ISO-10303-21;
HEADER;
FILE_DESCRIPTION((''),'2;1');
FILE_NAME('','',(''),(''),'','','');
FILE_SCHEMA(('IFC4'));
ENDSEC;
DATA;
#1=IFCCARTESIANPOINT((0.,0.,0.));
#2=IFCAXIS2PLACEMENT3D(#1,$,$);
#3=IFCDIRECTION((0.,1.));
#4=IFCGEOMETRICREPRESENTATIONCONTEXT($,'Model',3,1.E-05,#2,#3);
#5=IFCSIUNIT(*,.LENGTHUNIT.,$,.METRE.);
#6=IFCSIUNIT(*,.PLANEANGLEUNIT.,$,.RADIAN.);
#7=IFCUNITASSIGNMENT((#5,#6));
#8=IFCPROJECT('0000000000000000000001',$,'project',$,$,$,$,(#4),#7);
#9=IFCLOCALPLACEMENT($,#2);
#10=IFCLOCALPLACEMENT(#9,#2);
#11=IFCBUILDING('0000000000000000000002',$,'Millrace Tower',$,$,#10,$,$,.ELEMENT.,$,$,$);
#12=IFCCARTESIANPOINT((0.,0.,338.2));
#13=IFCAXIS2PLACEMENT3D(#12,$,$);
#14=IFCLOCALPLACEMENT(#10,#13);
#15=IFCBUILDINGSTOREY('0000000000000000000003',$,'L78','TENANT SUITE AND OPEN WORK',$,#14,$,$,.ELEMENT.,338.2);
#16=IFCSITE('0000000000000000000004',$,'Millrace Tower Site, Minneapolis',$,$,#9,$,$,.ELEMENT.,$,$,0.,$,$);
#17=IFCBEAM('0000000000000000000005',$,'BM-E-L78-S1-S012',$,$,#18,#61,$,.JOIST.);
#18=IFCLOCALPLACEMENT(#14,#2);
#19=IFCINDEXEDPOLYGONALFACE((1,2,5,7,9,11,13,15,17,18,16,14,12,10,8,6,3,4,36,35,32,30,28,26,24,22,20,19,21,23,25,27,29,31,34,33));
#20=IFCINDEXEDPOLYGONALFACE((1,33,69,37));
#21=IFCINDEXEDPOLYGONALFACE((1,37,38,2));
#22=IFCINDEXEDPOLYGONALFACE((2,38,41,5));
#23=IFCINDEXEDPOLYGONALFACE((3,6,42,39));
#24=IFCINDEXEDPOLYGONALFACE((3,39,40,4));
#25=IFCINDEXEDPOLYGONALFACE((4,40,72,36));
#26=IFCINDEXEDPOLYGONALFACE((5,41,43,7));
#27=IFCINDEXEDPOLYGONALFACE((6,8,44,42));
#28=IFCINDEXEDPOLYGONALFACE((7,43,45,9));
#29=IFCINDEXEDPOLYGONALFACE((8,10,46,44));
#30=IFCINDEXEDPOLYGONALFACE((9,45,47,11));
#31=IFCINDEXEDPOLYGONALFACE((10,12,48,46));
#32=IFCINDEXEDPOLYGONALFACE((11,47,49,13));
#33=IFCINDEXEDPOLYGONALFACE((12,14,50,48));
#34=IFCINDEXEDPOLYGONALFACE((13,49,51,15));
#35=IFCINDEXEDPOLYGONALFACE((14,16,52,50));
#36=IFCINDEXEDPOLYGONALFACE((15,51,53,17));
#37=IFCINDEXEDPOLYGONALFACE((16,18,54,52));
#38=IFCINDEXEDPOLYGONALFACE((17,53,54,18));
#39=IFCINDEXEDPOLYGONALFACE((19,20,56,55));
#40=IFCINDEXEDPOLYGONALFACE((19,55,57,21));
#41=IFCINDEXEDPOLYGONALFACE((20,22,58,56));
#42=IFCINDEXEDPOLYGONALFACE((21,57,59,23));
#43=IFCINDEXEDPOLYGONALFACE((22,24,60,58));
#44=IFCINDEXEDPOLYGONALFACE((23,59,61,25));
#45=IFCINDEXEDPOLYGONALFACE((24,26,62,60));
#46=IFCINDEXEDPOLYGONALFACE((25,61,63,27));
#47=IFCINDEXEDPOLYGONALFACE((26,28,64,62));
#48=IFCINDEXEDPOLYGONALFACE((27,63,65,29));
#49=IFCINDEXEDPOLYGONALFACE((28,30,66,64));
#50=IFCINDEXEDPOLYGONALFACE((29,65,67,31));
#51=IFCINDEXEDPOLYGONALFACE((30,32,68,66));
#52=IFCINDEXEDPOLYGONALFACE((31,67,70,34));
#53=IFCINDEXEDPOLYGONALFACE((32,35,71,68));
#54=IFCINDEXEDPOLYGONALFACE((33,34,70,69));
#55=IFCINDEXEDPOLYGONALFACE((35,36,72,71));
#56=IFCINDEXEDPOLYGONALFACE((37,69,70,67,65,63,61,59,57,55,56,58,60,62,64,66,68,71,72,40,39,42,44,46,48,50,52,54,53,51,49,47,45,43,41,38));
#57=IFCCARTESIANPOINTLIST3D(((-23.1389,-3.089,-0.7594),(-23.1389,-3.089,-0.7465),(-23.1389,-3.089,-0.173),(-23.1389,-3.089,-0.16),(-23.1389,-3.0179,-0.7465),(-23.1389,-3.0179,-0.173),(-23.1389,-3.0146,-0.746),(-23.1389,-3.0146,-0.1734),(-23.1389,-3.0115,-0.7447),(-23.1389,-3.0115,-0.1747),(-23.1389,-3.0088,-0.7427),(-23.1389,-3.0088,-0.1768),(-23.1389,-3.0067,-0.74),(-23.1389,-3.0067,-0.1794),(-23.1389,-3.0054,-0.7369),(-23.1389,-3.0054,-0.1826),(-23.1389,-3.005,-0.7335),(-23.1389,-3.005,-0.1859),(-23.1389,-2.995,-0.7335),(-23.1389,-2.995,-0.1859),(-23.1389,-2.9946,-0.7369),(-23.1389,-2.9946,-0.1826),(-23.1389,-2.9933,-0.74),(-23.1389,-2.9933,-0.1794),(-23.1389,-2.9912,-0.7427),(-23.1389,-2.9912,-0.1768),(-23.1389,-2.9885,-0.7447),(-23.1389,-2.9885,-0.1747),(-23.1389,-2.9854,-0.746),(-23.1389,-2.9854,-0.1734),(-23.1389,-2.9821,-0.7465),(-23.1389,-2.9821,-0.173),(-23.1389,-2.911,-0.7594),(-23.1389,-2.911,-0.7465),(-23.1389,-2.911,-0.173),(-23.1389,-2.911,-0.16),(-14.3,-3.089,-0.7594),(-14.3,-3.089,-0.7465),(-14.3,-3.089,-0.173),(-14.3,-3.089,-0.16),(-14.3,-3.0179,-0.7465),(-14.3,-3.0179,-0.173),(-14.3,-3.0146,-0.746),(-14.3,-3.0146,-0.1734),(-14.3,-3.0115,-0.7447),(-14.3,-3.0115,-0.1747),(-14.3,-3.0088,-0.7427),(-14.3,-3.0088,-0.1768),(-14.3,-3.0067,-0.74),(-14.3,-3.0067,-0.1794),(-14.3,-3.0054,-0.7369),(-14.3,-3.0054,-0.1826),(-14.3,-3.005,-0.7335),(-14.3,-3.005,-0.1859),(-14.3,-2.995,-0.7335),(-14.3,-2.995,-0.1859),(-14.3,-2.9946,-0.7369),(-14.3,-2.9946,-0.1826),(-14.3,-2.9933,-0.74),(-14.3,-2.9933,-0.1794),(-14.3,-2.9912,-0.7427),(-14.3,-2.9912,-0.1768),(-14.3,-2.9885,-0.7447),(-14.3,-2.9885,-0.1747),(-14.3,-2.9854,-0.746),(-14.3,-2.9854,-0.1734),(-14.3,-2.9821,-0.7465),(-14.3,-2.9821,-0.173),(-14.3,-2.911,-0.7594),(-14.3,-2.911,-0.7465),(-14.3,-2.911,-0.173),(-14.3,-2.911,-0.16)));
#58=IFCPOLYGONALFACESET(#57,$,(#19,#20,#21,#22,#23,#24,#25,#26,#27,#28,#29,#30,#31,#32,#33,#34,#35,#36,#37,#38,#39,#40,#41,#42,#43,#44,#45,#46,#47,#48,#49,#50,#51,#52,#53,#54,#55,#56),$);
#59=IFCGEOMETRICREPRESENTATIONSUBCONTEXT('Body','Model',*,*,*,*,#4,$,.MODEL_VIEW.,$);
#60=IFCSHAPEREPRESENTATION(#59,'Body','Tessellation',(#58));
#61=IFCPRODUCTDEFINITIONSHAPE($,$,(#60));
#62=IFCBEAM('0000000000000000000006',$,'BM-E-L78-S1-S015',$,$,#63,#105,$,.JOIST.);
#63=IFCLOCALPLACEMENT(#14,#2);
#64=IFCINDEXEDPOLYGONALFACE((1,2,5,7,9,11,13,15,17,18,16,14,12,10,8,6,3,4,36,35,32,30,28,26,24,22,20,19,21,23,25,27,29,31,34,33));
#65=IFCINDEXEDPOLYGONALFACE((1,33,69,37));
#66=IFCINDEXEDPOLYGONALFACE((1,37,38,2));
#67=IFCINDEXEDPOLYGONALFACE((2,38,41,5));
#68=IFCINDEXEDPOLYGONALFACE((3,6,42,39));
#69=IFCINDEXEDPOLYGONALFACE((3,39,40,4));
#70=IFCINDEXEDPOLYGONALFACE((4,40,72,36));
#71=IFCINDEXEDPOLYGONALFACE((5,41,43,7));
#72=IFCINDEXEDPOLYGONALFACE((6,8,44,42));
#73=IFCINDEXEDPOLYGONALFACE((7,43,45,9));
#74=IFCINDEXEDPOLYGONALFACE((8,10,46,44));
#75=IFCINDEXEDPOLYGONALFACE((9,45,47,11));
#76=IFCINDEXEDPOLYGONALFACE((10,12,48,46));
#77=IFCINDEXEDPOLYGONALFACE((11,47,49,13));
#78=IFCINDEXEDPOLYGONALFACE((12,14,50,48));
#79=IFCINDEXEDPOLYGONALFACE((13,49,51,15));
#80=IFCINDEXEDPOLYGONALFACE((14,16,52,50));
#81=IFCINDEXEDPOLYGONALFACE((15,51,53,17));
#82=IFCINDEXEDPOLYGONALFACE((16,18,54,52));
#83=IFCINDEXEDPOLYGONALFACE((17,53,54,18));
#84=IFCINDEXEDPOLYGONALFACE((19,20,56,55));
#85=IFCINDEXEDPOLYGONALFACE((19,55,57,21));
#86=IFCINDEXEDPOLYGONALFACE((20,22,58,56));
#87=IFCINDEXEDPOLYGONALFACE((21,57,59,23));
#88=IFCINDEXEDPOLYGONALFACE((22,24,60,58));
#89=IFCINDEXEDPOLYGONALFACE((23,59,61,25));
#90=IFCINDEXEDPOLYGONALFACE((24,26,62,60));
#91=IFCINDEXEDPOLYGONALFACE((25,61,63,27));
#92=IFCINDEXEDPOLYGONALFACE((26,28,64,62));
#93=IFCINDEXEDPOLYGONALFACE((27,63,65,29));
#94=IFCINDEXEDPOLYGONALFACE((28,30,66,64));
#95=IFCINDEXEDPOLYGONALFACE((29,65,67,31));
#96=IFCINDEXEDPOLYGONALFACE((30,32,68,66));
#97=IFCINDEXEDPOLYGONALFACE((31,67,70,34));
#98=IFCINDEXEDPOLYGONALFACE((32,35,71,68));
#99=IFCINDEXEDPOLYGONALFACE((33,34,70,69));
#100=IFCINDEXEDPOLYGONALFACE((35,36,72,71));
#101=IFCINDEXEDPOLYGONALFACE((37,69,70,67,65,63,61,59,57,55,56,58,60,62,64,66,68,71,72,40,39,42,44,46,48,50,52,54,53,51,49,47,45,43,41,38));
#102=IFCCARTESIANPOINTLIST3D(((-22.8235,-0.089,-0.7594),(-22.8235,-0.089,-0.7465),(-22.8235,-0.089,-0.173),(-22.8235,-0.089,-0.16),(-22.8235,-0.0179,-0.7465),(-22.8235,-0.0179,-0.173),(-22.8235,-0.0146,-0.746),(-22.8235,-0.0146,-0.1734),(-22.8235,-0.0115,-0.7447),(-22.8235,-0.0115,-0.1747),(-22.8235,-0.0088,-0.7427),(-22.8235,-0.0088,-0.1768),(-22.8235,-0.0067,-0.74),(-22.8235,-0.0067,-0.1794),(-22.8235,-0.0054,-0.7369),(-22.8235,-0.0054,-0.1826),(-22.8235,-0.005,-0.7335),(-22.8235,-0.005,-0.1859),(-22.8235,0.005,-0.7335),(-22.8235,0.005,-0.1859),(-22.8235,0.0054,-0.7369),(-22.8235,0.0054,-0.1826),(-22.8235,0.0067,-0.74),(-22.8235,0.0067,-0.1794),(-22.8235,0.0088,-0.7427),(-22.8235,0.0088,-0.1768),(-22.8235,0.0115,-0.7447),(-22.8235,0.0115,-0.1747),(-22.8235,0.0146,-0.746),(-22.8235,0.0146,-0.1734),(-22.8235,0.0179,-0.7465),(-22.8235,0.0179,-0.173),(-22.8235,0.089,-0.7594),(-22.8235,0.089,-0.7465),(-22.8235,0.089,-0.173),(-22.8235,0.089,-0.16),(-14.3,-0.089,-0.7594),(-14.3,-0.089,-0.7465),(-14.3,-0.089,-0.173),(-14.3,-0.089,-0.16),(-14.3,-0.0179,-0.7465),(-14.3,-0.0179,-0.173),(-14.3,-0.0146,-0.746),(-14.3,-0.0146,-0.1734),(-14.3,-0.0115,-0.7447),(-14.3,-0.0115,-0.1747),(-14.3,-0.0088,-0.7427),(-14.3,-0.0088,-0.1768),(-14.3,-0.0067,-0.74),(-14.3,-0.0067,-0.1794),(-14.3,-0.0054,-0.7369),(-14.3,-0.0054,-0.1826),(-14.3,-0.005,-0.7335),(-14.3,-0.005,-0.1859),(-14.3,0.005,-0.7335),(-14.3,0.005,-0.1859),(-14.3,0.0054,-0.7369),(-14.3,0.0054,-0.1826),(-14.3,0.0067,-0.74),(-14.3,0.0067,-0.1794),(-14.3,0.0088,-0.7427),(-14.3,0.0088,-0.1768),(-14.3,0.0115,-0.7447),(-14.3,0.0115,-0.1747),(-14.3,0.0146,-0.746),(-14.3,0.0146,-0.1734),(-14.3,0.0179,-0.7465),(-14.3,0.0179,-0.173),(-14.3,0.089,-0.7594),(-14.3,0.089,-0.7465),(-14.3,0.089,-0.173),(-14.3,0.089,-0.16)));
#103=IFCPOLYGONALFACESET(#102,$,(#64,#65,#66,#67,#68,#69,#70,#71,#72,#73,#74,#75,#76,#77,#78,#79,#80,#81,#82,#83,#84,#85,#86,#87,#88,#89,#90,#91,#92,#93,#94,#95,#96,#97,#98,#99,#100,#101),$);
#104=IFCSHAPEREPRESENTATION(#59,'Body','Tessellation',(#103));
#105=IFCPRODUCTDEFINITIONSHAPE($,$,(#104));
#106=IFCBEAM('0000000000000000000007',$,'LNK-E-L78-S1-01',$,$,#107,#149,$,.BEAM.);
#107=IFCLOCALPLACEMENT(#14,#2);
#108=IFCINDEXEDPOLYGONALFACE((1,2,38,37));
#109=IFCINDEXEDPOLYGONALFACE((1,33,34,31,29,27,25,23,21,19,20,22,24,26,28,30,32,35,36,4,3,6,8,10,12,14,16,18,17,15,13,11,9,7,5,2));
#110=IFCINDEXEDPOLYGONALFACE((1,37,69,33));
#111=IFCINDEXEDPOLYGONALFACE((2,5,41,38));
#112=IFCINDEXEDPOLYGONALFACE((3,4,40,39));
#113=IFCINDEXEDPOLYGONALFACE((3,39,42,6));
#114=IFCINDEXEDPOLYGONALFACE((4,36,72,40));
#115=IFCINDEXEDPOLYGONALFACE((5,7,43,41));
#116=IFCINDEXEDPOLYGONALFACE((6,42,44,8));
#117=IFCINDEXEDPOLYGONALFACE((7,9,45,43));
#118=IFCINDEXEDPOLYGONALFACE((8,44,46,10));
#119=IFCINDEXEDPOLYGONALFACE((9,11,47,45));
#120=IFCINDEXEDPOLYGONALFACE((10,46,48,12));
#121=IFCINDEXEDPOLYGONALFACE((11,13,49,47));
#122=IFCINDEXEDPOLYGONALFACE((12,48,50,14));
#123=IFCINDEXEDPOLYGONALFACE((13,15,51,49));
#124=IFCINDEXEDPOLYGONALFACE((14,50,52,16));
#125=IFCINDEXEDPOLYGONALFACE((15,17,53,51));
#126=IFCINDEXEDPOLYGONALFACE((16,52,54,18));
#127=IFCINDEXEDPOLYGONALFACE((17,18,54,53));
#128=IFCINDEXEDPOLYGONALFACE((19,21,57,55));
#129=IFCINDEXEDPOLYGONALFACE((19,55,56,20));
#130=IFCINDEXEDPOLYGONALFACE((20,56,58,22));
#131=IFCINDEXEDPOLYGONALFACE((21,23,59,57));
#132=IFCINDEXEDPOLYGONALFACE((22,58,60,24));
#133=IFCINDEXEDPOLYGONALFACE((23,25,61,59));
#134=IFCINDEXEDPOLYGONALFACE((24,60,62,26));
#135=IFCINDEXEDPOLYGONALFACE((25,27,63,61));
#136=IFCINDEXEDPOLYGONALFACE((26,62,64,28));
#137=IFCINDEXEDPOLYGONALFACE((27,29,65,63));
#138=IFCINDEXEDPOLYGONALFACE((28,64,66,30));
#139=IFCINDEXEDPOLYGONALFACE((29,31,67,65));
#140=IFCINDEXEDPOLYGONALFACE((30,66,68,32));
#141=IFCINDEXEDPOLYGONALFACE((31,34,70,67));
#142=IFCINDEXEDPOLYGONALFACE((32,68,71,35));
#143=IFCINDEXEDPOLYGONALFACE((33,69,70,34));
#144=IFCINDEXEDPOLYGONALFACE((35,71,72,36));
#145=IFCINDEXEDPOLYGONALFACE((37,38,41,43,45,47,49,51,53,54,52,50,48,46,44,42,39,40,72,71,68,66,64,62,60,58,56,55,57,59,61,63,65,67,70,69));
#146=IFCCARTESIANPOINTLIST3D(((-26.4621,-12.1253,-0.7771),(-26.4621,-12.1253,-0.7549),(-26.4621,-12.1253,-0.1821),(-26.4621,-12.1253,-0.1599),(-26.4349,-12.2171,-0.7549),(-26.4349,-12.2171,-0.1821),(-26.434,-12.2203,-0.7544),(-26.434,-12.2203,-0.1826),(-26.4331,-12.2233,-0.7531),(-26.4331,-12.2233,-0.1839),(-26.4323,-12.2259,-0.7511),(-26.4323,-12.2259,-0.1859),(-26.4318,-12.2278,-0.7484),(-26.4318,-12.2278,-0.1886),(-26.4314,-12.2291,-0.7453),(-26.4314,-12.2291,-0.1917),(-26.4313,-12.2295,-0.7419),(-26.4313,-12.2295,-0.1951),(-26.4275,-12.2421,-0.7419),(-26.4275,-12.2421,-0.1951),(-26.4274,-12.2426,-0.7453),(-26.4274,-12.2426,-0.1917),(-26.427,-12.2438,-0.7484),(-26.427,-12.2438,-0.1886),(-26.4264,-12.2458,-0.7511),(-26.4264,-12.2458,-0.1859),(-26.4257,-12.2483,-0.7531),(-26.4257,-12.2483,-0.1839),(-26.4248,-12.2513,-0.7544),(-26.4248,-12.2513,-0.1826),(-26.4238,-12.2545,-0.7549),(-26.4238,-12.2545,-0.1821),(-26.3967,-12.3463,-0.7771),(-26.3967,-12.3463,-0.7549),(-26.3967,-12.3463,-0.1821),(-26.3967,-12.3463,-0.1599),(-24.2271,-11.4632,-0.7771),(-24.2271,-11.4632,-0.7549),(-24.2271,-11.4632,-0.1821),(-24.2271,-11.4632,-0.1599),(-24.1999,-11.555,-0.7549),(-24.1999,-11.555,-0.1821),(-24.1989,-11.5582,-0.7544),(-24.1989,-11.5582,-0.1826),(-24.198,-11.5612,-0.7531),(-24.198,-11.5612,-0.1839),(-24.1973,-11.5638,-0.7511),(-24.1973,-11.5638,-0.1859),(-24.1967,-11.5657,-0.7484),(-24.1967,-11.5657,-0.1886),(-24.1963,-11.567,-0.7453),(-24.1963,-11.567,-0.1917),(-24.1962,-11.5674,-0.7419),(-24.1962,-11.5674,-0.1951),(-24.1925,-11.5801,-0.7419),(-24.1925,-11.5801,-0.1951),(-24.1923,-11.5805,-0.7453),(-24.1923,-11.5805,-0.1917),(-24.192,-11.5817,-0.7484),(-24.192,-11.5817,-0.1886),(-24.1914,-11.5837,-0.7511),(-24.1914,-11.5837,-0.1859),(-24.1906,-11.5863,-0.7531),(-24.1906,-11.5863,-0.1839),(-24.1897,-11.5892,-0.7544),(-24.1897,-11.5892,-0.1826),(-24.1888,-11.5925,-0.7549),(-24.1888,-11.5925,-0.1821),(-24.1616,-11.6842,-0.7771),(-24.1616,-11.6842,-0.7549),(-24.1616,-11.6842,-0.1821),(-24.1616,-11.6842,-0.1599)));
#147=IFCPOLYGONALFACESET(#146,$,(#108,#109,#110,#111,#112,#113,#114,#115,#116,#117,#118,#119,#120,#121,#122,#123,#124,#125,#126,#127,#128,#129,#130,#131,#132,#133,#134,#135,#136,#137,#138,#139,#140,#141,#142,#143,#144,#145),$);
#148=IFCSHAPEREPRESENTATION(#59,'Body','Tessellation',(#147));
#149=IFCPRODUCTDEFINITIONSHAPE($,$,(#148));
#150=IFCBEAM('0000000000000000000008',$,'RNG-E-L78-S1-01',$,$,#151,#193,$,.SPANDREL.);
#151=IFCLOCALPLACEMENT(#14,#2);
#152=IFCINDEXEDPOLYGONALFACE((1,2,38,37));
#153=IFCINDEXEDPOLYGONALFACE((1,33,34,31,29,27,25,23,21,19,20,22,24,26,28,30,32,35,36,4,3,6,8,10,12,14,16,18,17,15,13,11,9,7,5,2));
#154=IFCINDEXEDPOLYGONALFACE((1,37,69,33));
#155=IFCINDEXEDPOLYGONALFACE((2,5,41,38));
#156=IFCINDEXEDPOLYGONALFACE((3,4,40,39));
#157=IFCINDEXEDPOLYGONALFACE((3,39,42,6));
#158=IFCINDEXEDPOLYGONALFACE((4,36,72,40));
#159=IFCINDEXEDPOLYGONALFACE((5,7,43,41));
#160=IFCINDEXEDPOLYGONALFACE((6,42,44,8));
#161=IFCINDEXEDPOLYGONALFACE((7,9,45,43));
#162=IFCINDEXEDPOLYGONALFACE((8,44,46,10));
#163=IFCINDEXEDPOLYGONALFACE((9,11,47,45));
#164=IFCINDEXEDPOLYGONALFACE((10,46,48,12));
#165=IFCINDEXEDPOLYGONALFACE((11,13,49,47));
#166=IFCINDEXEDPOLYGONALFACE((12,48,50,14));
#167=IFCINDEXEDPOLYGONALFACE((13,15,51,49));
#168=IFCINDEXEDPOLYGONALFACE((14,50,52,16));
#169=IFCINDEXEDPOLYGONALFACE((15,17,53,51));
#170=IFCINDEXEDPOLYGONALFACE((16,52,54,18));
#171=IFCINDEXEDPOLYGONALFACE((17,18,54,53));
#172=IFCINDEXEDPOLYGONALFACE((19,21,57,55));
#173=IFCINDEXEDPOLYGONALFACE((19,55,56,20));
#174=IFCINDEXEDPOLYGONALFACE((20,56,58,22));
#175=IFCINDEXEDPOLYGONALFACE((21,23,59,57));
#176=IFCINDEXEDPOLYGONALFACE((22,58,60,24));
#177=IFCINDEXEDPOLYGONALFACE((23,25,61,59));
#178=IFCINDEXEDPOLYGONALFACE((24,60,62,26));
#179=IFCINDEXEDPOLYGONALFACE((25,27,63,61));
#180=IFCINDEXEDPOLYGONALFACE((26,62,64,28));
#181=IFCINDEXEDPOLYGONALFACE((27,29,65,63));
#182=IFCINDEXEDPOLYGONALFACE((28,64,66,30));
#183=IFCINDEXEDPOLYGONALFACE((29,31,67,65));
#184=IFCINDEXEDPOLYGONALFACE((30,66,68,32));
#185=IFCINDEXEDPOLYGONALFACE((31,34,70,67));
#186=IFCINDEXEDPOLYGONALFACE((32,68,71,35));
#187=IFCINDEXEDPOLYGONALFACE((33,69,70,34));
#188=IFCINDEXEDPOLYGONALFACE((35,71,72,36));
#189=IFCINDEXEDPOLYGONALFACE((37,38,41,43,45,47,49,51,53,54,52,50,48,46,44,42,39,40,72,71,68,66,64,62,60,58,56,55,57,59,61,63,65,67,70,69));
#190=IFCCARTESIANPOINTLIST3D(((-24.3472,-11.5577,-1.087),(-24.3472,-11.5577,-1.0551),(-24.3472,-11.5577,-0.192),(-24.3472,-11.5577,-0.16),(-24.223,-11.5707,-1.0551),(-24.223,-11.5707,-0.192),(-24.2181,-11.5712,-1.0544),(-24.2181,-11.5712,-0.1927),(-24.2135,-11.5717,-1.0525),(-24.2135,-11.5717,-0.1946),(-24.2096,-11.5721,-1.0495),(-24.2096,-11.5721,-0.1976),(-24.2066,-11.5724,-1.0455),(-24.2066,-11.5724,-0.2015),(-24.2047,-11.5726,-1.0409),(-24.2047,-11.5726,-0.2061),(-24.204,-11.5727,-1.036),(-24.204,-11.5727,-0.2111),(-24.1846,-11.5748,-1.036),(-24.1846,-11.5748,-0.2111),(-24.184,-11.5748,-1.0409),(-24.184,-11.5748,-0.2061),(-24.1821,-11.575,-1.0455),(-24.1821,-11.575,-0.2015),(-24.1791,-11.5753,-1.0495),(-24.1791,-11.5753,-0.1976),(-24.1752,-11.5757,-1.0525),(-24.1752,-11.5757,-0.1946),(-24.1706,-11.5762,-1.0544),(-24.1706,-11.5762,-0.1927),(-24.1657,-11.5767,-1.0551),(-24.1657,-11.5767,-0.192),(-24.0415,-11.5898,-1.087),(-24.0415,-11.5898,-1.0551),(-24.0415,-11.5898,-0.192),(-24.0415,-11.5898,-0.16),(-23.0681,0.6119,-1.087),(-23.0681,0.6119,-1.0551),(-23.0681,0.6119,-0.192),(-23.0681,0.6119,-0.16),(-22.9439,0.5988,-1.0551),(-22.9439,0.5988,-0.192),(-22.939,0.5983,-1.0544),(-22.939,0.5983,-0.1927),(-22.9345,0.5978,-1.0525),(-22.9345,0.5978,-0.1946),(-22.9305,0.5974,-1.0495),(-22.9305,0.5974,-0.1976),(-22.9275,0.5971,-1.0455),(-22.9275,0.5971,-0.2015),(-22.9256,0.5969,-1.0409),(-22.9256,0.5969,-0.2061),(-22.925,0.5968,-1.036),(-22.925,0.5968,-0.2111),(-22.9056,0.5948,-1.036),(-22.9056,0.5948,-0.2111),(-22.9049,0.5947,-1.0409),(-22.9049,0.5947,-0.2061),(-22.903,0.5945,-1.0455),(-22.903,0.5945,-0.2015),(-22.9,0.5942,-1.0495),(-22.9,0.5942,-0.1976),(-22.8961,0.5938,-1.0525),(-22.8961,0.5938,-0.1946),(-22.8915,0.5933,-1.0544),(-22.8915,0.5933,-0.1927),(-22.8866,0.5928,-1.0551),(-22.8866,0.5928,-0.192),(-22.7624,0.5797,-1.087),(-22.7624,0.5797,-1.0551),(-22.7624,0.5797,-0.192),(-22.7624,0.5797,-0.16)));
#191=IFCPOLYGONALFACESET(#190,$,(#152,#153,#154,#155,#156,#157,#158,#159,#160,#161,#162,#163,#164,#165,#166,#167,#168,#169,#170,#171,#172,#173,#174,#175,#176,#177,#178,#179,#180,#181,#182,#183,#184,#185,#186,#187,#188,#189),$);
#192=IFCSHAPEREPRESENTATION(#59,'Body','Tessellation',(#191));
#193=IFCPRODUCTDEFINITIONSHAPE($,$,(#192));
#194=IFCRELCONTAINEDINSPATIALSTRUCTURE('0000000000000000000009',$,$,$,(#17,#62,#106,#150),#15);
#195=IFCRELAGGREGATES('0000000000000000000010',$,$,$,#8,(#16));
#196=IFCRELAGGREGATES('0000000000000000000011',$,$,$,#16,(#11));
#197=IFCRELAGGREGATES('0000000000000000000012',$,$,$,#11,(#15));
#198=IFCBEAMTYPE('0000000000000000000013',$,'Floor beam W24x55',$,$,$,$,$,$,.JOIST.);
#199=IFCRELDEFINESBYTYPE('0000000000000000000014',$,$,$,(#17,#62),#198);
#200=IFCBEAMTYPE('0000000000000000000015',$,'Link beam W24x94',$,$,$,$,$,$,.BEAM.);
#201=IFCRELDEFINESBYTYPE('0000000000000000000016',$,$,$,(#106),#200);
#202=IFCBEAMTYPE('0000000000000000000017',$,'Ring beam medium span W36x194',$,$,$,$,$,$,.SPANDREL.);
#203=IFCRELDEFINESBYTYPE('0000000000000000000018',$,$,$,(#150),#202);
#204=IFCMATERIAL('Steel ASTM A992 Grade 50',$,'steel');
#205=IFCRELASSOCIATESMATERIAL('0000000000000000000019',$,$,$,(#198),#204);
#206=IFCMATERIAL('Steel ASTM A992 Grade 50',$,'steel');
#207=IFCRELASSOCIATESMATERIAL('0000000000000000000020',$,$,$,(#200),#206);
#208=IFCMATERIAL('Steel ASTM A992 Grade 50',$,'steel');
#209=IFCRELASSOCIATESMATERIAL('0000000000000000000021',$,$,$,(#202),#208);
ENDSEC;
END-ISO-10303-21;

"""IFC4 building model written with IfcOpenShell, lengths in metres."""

from ifc_helpers import new_model, si_unit, direction, frame, origin, origin_2d, place, context, subcontext, project, spatial, i_section, extrude, material, material_profile, profile_set, type_object, element, save


model = new_model("IFC4")

# Units and contexts
model_context = context("Model", 3, precision=1e-05, world=origin(), true_north=direction((0.0, 1.0)))
body_context = subcontext(model_context, "Body", "Model", "MODEL_VIEW")
ifc_project = project(units=[si_unit("LENGTHUNIT", "METRE"), si_unit("PLANEANGLEUNIT", "RADIAN")], contexts=[model_context])

# Site, building, storey
site_placement = place(None, origin())
site = spatial("IfcSite", under=ifc_project, at=site_placement, Name="Millrace Tower Site, Minneapolis", CompositionType="ELEMENT", RefElevation=0.0)
building_placement = place(site_placement, origin())
building = spatial("IfcBuilding", under=site, at=building_placement, Name="Millrace Tower", CompositionType="ELEMENT")
storey_placement = place(building_placement, frame((0.0, 0.0, 338.2)))
storey = spatial("IfcBuildingStorey", under=building, at=storey_placement, Name="L78", Description="TENANT SUITE AND OPEN WORK", CompositionType="ELEMENT", Elevation=338.2)

# Beams
ifc_material_1 = material(Name="Steel ASTM A992 Grade 50", Category="steel")
ifc_material_profile_1 = material_profile(ifc_material_1, i_section(OverallWidth=0.178, OverallDepth=0.5994, WebThickness=0.01, FlangeThickness=0.0129, FilletRadius=0.0129, at=origin_2d()))
ifc_profile_set_1 = profile_set([ifc_material_profile_1], Name="Steel ASTM A992 Grade 50")
beam_type_1 = type_object("IfcBeamType", Name="Floor beam W24x55", PredefinedType="JOIST", material=ifc_profile_set_1)
beam_1_placement = place(storey_placement, frame((-23.1389, -3.0, -0.4597), z_axis=(1.0, 0.0, 0.0), x_axis=(0.0, 1.0, 0.0)))
element("IfcBeam", 1, at=beam_1_placement, inside=storey, type_object=beam_type_1, Name="BM-E-L78-S1-S012", PredefinedType="JOIST", context=body_context, shape_type="SweptSolid", body=[
    extrude(i_section(OverallWidth=0.178, OverallDepth=0.5994, WebThickness=0.01, FlangeThickness=0.0129, FilletRadius=0.0129, at=origin_2d()), origin(), (0.0, 0.0, 1.0), 8.8389),
])
beam_2_placement = place(storey_placement, frame((-22.8235, 0.0, -0.4597), z_axis=(1.0, 0.0, 0.0), x_axis=(0.0, 1.0, 0.0)))
element("IfcBeam", 2, at=beam_2_placement, inside=storey, type_object=beam_type_1, Name="BM-E-L78-S1-S015", PredefinedType="JOIST", context=body_context, shape_type="SweptSolid", body=[
    extrude(i_section(OverallWidth=0.178, OverallDepth=0.5994, WebThickness=0.01, FlangeThickness=0.0129, FilletRadius=0.0129, at=origin_2d()), origin(), (0.0, 0.0, 1.0), 8.5234),
])
ifc_material_2 = material(Name="Steel ASTM A992 Grade 50", Category="steel")
ifc_material_profile_2 = material_profile(ifc_material_2, i_section(OverallWidth=0.2305, OverallDepth=0.6172, WebThickness=0.0132, FlangeThickness=0.0222, FilletRadius=0.0129, at=origin_2d()))
ifc_profile_set_2 = profile_set([ifc_material_profile_2], Name="Steel ASTM A992 Grade 50")
beam_type_2 = type_object("IfcBeamType", Name="Link beam W24x94", PredefinedType="BEAM", material=ifc_profile_set_2)
beam_3_placement = place(storey_placement, frame((-24.1943, -11.5737, -0.4685), z_axis=(-0.958815, -0.284031, 0.0), x_axis=(0.284031, -0.958815, 0.0)))
element("IfcBeam", 3, at=beam_3_placement, inside=storey, type_object=beam_type_2, Name="LNK-E-L78-S1-01", PredefinedType="BEAM", context=body_context, shape_type="SweptSolid", body=[
    extrude(i_section(OverallWidth=0.2305, OverallDepth=0.6172, WebThickness=0.0132, FlangeThickness=0.0222, FilletRadius=0.0129, at=origin_2d()), origin(), (0.0, 0.0, 1.0), 2.3311),
])
ifc_material_3 = material(Name="Steel ASTM A992 Grade 50", Category="steel")
ifc_material_profile_3 = material_profile(ifc_material_3, i_section(OverallWidth=0.3074, OverallDepth=0.927, WebThickness=0.0195, FlangeThickness=0.032, FilletRadius=0.019, at=origin_2d()))
ifc_profile_set_3 = profile_set([ifc_material_profile_3], Name="Steel ASTM A992 Grade 50")
beam_type_3 = type_object("IfcBeamType", Name="Ring beam medium span W36x194", PredefinedType="SPANDREL", material=ifc_profile_set_3)
beam_4_placement = place(storey_placement, frame((-24.1943, -11.5737, -0.6235), z_axis=(0.104528, 0.994522, 0.0), x_axis=(-0.994522, 0.104528, 0.0)))
element("IfcBeam", 4, at=beam_4_placement, inside=storey, type_object=beam_type_3, Name="RNG-E-L78-S1-01", PredefinedType="SPANDREL", context=body_context, shape_type="SweptSolid", body=[
    extrude(i_section(OverallWidth=0.3074, OverallDepth=0.927, WebThickness=0.0195, FlangeThickness=0.032, FilletRadius=0.019, at=origin_2d()), origin(), (0.0, 0.0, 1.0), 12.2366),
])

save(model, "model.ifc")
